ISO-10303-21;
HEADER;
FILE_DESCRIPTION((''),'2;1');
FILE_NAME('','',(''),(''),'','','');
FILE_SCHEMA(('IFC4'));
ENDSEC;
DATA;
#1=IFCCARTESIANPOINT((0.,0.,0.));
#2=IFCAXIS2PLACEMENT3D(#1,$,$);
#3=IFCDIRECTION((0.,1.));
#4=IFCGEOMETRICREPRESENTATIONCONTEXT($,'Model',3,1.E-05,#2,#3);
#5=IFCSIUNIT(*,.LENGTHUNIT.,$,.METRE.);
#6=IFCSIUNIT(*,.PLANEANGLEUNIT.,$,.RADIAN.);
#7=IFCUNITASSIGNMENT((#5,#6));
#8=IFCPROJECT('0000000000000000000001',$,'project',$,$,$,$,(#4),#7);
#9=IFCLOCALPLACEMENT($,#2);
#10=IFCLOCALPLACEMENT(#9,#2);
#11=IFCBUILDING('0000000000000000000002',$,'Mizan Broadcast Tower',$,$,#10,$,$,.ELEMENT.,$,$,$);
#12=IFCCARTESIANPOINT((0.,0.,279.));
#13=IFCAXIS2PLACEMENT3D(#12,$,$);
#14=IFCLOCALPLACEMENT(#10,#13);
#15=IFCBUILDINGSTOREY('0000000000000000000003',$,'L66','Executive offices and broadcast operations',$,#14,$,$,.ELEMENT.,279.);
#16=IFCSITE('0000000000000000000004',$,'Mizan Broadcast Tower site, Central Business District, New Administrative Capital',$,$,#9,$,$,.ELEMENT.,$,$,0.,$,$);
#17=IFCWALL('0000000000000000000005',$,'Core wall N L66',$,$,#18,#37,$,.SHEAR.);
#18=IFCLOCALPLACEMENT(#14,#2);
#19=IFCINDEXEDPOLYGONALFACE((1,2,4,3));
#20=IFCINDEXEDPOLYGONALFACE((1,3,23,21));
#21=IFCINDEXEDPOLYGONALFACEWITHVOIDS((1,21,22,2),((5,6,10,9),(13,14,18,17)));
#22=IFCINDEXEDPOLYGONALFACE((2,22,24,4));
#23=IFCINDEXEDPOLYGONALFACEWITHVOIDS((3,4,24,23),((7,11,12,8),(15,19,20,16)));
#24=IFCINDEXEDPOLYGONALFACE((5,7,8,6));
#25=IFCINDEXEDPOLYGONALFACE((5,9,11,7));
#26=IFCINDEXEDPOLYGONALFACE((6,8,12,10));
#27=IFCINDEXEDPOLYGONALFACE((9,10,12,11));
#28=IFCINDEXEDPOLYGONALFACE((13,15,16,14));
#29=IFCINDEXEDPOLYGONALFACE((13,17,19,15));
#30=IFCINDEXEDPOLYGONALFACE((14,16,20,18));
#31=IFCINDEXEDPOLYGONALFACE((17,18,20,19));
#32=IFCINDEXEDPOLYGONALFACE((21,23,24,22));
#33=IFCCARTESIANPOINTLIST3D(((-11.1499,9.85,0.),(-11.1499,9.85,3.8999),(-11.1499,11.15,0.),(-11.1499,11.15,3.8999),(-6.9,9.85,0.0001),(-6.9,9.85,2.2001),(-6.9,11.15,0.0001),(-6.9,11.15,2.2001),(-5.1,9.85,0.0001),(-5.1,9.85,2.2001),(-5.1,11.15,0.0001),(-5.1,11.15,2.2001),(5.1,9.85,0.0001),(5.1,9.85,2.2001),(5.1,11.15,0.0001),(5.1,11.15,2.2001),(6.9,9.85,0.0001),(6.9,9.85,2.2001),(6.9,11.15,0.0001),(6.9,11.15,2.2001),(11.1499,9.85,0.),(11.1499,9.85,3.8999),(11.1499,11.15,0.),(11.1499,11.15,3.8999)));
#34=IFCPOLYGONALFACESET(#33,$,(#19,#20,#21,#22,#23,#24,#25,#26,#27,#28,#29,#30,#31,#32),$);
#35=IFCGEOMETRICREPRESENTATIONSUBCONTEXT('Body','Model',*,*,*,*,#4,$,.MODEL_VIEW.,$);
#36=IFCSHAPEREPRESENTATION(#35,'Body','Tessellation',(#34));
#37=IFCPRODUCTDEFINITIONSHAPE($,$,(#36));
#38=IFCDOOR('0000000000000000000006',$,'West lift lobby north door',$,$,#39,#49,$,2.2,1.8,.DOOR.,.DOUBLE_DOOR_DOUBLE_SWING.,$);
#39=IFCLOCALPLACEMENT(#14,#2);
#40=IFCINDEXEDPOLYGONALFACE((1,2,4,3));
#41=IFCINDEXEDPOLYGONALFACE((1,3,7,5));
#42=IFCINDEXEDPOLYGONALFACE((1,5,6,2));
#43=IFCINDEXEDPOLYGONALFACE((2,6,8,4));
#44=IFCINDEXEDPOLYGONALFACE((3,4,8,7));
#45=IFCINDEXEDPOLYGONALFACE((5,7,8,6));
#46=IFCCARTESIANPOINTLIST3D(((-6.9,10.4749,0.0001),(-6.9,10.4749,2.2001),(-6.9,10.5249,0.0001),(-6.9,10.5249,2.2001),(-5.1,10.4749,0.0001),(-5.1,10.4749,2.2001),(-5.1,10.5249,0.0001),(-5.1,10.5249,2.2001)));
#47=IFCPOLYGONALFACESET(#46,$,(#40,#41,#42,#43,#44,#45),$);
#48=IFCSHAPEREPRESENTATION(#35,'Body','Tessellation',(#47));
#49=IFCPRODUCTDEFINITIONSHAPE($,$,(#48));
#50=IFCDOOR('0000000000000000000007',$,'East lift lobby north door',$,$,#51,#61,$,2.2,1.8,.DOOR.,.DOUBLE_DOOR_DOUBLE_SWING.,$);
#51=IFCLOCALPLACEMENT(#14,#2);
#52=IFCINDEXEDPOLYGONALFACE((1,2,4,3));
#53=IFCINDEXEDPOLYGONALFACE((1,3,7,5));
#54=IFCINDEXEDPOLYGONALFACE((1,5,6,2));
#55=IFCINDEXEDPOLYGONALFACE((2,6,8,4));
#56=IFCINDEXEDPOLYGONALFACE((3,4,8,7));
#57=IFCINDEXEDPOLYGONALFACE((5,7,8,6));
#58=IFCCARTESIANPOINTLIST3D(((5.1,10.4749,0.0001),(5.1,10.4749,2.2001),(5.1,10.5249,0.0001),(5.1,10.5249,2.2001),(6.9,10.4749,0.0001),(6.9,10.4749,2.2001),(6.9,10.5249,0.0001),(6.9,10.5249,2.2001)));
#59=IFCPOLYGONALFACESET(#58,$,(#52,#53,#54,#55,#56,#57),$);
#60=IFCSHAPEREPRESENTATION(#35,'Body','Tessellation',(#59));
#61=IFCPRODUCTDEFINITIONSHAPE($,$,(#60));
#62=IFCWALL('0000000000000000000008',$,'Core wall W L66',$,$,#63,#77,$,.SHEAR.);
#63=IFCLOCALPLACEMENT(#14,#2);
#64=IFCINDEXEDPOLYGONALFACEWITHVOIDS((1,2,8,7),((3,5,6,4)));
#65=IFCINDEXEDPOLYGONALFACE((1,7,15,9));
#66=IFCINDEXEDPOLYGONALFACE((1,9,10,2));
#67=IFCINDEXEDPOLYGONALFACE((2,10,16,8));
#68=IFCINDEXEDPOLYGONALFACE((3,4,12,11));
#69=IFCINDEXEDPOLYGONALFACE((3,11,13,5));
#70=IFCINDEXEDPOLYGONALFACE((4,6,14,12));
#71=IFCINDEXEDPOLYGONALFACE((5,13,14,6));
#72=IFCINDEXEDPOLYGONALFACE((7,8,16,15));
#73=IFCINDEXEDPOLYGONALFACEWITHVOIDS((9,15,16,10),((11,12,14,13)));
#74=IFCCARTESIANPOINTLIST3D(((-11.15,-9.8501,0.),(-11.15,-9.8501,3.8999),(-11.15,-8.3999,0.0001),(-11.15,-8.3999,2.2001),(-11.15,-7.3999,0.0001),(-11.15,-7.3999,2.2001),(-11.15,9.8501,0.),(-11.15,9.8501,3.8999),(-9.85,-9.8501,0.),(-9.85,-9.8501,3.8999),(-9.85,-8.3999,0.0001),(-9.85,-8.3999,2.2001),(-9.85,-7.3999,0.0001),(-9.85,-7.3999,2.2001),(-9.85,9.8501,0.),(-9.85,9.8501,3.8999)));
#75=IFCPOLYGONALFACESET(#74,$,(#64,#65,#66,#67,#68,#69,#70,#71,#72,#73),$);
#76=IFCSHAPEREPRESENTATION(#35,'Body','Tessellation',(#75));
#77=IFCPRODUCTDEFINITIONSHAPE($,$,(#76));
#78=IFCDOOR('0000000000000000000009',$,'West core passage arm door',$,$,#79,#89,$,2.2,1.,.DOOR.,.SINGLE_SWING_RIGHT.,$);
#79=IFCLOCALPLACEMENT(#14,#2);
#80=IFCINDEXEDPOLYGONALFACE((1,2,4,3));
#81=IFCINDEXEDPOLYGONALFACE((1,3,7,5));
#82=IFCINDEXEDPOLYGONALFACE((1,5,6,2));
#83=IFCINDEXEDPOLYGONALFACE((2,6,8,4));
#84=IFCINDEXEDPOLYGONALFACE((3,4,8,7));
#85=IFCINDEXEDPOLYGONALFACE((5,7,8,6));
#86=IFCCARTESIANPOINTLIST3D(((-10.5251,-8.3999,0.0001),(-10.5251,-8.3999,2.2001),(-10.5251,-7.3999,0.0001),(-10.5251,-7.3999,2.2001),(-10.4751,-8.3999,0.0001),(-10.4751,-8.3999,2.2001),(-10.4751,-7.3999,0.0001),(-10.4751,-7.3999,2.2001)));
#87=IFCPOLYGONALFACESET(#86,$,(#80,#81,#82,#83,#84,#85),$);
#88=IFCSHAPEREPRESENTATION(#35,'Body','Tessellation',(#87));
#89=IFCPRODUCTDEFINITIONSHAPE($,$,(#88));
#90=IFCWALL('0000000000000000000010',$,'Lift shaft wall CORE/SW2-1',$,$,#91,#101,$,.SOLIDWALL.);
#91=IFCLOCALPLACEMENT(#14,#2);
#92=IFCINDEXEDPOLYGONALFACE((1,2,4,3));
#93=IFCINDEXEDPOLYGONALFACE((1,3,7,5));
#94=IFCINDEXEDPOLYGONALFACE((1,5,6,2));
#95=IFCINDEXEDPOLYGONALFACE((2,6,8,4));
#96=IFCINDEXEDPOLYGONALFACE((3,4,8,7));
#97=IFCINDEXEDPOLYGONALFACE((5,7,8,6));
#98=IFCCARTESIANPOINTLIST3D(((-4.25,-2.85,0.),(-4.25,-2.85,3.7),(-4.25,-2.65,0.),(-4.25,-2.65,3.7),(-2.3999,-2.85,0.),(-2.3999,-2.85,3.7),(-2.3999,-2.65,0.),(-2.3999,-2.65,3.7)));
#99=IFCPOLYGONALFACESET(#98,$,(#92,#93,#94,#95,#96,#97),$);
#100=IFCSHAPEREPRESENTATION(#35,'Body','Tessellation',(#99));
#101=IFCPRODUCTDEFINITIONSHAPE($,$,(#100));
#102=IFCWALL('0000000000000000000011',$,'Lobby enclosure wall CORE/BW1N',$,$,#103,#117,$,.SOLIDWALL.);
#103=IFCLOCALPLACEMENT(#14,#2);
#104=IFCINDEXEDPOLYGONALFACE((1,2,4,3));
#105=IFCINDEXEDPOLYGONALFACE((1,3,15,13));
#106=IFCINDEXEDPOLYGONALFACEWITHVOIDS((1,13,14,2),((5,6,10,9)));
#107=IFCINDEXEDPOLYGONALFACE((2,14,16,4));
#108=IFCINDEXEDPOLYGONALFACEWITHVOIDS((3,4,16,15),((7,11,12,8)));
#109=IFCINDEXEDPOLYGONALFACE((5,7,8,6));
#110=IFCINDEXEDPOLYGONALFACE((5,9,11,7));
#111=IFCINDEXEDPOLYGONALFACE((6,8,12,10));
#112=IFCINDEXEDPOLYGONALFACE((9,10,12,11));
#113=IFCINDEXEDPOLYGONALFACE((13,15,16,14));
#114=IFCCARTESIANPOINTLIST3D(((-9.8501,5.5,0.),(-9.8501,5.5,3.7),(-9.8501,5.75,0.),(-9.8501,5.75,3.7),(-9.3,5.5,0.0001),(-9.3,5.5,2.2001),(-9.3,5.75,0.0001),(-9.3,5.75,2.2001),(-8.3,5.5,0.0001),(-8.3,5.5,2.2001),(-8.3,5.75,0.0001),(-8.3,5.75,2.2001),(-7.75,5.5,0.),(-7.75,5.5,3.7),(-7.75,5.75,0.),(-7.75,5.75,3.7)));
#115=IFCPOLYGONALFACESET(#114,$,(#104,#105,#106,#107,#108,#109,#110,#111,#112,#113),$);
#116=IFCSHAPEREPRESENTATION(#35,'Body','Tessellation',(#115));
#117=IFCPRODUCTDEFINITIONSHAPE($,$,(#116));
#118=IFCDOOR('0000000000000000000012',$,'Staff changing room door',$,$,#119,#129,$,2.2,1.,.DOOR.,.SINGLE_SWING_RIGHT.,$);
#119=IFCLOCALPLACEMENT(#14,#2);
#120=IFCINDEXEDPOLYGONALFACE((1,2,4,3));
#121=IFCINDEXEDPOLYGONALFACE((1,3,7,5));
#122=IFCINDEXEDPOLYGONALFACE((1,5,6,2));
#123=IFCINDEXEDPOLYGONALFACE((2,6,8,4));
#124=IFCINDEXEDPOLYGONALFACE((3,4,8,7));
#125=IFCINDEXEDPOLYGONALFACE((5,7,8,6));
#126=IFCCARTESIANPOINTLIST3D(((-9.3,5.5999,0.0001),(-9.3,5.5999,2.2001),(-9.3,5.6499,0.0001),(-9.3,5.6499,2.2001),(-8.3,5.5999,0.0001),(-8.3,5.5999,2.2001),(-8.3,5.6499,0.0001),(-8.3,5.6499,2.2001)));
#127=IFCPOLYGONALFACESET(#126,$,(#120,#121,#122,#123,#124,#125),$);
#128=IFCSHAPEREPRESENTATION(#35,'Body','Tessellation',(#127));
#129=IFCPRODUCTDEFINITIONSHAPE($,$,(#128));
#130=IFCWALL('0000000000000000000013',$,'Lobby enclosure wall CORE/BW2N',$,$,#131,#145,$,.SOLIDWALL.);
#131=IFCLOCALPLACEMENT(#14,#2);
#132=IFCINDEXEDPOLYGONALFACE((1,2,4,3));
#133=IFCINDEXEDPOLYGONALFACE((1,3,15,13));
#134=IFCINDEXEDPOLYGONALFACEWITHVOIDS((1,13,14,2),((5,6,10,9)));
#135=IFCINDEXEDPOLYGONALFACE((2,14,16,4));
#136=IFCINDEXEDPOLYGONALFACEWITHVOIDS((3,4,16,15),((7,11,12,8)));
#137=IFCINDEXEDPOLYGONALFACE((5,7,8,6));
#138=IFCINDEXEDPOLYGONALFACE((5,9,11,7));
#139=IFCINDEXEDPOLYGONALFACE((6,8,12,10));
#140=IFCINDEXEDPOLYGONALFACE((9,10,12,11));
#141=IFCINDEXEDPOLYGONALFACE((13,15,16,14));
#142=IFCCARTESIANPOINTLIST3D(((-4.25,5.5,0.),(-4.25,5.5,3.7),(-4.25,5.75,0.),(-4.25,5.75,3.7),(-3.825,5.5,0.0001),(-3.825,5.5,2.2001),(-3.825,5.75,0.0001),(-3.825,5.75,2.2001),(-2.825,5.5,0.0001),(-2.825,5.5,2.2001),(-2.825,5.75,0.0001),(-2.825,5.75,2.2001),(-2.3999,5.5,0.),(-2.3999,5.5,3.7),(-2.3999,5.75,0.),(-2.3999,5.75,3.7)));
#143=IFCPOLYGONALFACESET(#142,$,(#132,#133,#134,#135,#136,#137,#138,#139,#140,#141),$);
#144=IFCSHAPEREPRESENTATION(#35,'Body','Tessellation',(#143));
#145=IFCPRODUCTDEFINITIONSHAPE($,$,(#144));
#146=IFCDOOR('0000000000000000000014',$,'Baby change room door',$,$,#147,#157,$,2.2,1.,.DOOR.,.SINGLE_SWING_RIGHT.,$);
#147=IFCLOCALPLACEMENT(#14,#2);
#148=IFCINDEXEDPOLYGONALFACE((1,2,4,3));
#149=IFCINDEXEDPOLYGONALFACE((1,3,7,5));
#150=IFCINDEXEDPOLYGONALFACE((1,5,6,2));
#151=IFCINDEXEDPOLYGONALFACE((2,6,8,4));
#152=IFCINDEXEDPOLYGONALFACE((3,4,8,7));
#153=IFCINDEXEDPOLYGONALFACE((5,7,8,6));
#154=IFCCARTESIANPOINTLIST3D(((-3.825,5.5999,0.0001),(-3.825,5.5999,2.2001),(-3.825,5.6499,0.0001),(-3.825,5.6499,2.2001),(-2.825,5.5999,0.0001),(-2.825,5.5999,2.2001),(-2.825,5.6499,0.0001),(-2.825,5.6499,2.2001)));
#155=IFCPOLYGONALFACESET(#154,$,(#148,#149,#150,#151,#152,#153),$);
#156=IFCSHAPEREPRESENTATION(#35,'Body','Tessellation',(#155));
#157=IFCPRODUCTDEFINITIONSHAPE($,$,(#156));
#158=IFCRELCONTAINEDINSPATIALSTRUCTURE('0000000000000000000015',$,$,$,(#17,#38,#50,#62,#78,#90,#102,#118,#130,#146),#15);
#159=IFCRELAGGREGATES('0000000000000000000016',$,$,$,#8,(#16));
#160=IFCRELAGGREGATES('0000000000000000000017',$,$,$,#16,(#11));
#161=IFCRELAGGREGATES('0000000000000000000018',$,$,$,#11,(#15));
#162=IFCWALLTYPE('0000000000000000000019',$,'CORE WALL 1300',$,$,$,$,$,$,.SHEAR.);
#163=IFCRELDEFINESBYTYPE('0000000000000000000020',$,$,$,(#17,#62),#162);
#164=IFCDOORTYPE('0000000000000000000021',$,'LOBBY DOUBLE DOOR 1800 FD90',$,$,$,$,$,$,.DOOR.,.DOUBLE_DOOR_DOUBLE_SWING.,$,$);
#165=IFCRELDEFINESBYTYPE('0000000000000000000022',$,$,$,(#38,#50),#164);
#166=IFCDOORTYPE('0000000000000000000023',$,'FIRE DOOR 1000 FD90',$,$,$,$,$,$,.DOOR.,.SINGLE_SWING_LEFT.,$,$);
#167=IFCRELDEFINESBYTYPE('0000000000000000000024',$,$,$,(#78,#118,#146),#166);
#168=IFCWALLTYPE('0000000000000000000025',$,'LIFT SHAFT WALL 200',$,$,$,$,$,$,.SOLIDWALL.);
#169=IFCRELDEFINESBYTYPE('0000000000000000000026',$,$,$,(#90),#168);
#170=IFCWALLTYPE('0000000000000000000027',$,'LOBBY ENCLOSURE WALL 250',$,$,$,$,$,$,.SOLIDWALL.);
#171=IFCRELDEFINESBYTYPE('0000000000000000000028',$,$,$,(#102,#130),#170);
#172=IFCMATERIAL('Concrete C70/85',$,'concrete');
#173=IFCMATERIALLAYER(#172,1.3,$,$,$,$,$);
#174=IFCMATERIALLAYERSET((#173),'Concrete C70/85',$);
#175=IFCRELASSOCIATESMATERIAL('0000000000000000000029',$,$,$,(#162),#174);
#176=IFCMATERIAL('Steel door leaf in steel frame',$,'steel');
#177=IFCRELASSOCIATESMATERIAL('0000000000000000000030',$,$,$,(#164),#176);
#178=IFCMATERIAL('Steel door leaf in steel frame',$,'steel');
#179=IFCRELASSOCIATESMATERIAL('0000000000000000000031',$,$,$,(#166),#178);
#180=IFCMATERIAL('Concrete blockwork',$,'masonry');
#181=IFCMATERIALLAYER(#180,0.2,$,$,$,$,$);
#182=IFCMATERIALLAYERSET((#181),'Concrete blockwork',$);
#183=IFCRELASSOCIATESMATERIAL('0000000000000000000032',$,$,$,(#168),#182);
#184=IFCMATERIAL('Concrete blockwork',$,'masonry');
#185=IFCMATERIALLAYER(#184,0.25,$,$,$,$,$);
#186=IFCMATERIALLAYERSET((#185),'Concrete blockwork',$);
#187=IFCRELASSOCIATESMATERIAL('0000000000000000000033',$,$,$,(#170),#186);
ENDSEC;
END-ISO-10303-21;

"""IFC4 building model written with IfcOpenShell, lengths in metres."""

from ifc_helpers import new_model, si_unit, direction, frame, frame_2d, origin, place, context, subcontext, project, spatial, rectangle, extrude, material, layer, layer_set, type_object, element, fill, save


model = new_model("IFC4")

# Units and contexts
model_context = context("Model", 3, precision=1e-05, world=origin(), true_north=direction((0.0, 1.0)))
body_context = subcontext(model_context, "Body", "Model", "MODEL_VIEW")
ifc_project = project(units=[si_unit("LENGTHUNIT", "METRE"), si_unit("PLANEANGLEUNIT", "RADIAN")], contexts=[model_context])

# Site, building, storey
site_placement = place(None, origin())
site = spatial("IfcSite", under=ifc_project, at=site_placement, Name="Mizan Broadcast Tower site, Central Business District, New Administrative Capital", CompositionType="ELEMENT", RefElevation=0.0)
building_placement = place(site_placement, origin())
building = spatial("IfcBuilding", under=site, at=building_placement, Name="Mizan Broadcast Tower", CompositionType="ELEMENT")
storey_placement = place(building_placement, frame((0.0, 0.0, 279.0)))
storey = spatial("IfcBuildingStorey", under=building, at=storey_placement, Name="L66", Description="Executive offices and broadcast operations", CompositionType="ELEMENT", Elevation=279.0)

# Wall, openings, doors
ifc_material_1 = material(Name="Concrete C70/85", Category="concrete")
ifc_layer_1 = layer(ifc_material_1, 1.3)
ifc_layer_set_1 = layer_set([ifc_layer_1], Name="Concrete C70/85")
wall_type_1 = type_object("IfcWallType", Name="CORE WALL 1300", PredefinedType="SHEAR", material=ifc_layer_set_1)
wall_1_placement = place(storey_placement, frame((-11.1499, 10.5, 0.0), z_axis=(0.0, 0.0, 1.0), x_axis=(1.0, 0.0, 0.0)))
wall_1 = element("IfcWall", 1, at=wall_1_placement, inside=storey, type_object=wall_type_1, Name="Core wall N L66", PredefinedType="SHEAR", context=body_context, shape_type="SweptSolid", body=[
    extrude(rectangle(XDim=22.2998, YDim=1.3, at=frame_2d((11.1499, 0.0))), origin(), (0.0, 0.0, 1.0), 3.8999),
])
opening_1_placement = place(wall_1_placement, frame((4.25, 0.0, 0.0)))
opening_1 = element("IfcOpeningElement", 2, at=opening_1_placement, cuts=wall_1, PredefinedType="OPENING", context=body_context, shape_type="SweptSolid", body=[
    extrude(rectangle(XDim=1.8, YDim=2.2, at=frame_2d((0.8999, 1.1001))), frame((0.0, 0.6599, 0.0), z_axis=(0.0, -1.0, 0.0), x_axis=(1.0, 0.0, 0.0)), (0.0, 0.0, 1.0), 1.3201),
])
opening_2_placement = place(wall_1_placement, frame((16.25, 0.0, 0.0)))
opening_2 = element("IfcOpeningElement", 3, at=opening_2_placement, cuts=wall_1, PredefinedType="OPENING", context=body_context, shape_type="SweptSolid", body=[
    extrude(rectangle(XDim=1.8, YDim=2.2, at=frame_2d((0.8999, 1.1001))), frame((0.0, 0.6599, 0.0), z_axis=(0.0, -1.0, 0.0), x_axis=(1.0, 0.0, 0.0)), (0.0, 0.0, 1.0), 1.3201),
])
ifc_material_2 = material(Name="Steel door leaf in steel frame", Category="steel")
door_type_1 = type_object("IfcDoorType", Name="LOBBY DOUBLE DOOR 1800 FD90", OperationType="DOUBLE_DOOR_DOUBLE_SWING", PredefinedType="DOOR", material=ifc_material_2)
door_1_placement = place(opening_1_placement, origin())
door_1 = element("IfcDoor", 4, at=door_1_placement, inside=storey, type_object=door_type_1, Name="West lift lobby north door", OperationType="DOUBLE_DOOR_DOUBLE_SWING", OverallHeight=2.2, OverallWidth=1.8, PredefinedType="DOOR", context=body_context, shape_type="SweptSolid", body=[
    extrude(rectangle(XDim=1.8, YDim=2.2, at=frame_2d((0.8999, 1.1001))), frame((0.0, 0.0249, 0.0), z_axis=(0.0, -1.0, 0.0), x_axis=(1.0, 0.0, 0.0)), (0.0, 0.0, 1.0), 0.05),
])
fill(opening_1, door_1)
door_2_placement = place(opening_2_placement, origin())
door_2 = element("IfcDoor", 5, at=door_2_placement, inside=storey, type_object=door_type_1, Name="East lift lobby north door", OperationType="DOUBLE_DOOR_DOUBLE_SWING", OverallHeight=2.2, OverallWidth=1.8, PredefinedType="DOOR", context=body_context, shape_type="SweptSolid", body=[
    extrude(rectangle(XDim=1.8, YDim=2.2, at=frame_2d((0.8999, 1.1001))), frame((0.0, 0.0249, 0.0), z_axis=(0.0, -1.0, 0.0), x_axis=(1.0, 0.0, 0.0)), (0.0, 0.0, 1.0), 0.05),
])
fill(opening_2, door_2)

# Wall, opening, door
wall_2_placement = place(storey_placement, frame((-10.5, 9.8501, 0.0), z_axis=(0.0, 0.0, 1.0), x_axis=(0.0, -1.0, 0.0)))
wall_2 = element("IfcWall", 6, at=wall_2_placement, inside=storey, type_object=wall_type_1, Name="Core wall W L66", PredefinedType="SHEAR", context=body_context, shape_type="SweptSolid", body=[
    extrude(rectangle(XDim=19.7002, YDim=1.3, at=frame_2d((9.8501, 0.0))), origin(), (0.0, 0.0, 1.0), 3.8999),
])
opening_3_placement = place(wall_2_placement, frame((17.25, 0.0, 0.0)))
opening_3 = element("IfcOpeningElement", 7, at=opening_3_placement, cuts=wall_2, PredefinedType="OPENING", context=body_context, shape_type="SweptSolid", body=[
    extrude(rectangle(XDim=1.0, YDim=2.2, at=frame_2d((0.5, 1.1001))), frame((0.0, 0.6599, 0.0), z_axis=(0.0, -1.0, 0.0), x_axis=(1.0, 0.0, 0.0)), (0.0, 0.0, 1.0), 1.3201),
])
ifc_material_3 = material(Name="Steel door leaf in steel frame", Category="steel")
door_type_2 = type_object("IfcDoorType", Name="FIRE DOOR 1000 FD90", OperationType="SINGLE_SWING_LEFT", PredefinedType="DOOR", material=ifc_material_3)
door_3_placement = place(opening_3_placement, origin())
door_3 = element("IfcDoor", 8, at=door_3_placement, inside=storey, type_object=door_type_2, Name="West core passage arm door", OperationType="SINGLE_SWING_RIGHT", OverallHeight=2.2, OverallWidth=1.0, PredefinedType="DOOR", context=body_context, shape_type="SweptSolid", body=[
    extrude(rectangle(XDim=1.0, YDim=2.2, at=frame_2d((0.5, 1.1001))), frame((0.0, 0.0249, 0.0), z_axis=(0.0, -1.0, 0.0), x_axis=(1.0, 0.0, 0.0)), (0.0, 0.0, 1.0), 0.05),
])
fill(opening_3, door_3)

# Wall
ifc_material_4 = material(Name="Concrete blockwork", Category="masonry")
ifc_layer_2 = layer(ifc_material_4, 0.2)
ifc_layer_set_2 = layer_set([ifc_layer_2], Name="Concrete blockwork")
wall_type_2 = type_object("IfcWallType", Name="LIFT SHAFT WALL 200", PredefinedType="SOLIDWALL", material=ifc_layer_set_2)
wall_3_placement = place(storey_placement, frame((-4.25, -2.75, 0.0), z_axis=(0.0, 0.0, 1.0), x_axis=(1.0, 0.0, 0.0)))
element("IfcWall", 9, at=wall_3_placement, inside=storey, type_object=wall_type_2, Name="Lift shaft wall CORE/SW2-1", PredefinedType="SOLIDWALL", context=body_context, shape_type="SweptSolid", body=[
    extrude(rectangle(XDim=1.8501, YDim=0.2, at=frame_2d((0.925, 0.0))), origin(), (0.0, 0.0, 1.0), 3.7),
])

# Walls, openings, doors
ifc_material_5 = material(Name="Concrete blockwork", Category="masonry")
ifc_layer_3 = layer(ifc_material_5, 0.25)
ifc_layer_set_3 = layer_set([ifc_layer_3], Name="Concrete blockwork")
wall_type_3 = type_object("IfcWallType", Name="LOBBY ENCLOSURE WALL 250", PredefinedType="SOLIDWALL", material=ifc_layer_set_3)
wall_4_placement = place(storey_placement, frame((-9.8501, 5.625, 0.0), z_axis=(0.0, 0.0, 1.0), x_axis=(1.0, 0.0, 0.0)))
wall_4 = element("IfcWall", 10, at=wall_4_placement, inside=storey, type_object=wall_type_3, Name="Lobby enclosure wall CORE/BW1N", PredefinedType="SOLIDWALL", context=body_context, shape_type="SweptSolid", body=[
    extrude(rectangle(XDim=2.1001, YDim=0.25, at=frame_2d((1.05, 0.0))), origin(), (0.0, 0.0, 1.0), 3.7),
])
opening_4_placement = place(wall_4_placement, frame((0.55, 0.0, 0.0)))
opening_4 = element("IfcOpeningElement", 11, at=opening_4_placement, cuts=wall_4, PredefinedType="OPENING", context=body_context, shape_type="SweptSolid", body=[
    extrude(rectangle(XDim=1.0, YDim=2.2, at=frame_2d((0.5, 1.1001))), frame((0.0, 0.135, 0.0), z_axis=(0.0, -1.0, 0.0), x_axis=(1.0, 0.0, 0.0)), (0.0, 0.0, 1.0), 0.27),
])
door_4_placement = place(opening_4_placement, origin())
door_4 = element("IfcDoor", 12, at=door_4_placement, inside=storey, type_object=door_type_2, Name="Staff changing room door", OperationType="SINGLE_SWING_RIGHT", OverallHeight=2.2, OverallWidth=1.0, PredefinedType="DOOR", context=body_context, shape_type="SweptSolid", body=[
    extrude(rectangle(XDim=1.0, YDim=2.2, at=frame_2d((0.5, 1.1001))), frame((0.0, 0.0249, 0.0), z_axis=(0.0, -1.0, 0.0), x_axis=(1.0, 0.0, 0.0)), (0.0, 0.0, 1.0), 0.05),
])
fill(opening_4, door_4)
wall_5_placement = place(storey_placement, frame((-4.25, 5.625, 0.0), z_axis=(0.0, 0.0, 1.0), x_axis=(1.0, 0.0, 0.0)))
wall_5 = element("IfcWall", 13, at=wall_5_placement, inside=storey, type_object=wall_type_3, Name="Lobby enclosure wall CORE/BW2N", PredefinedType="SOLIDWALL", context=body_context, shape_type="SweptSolid", body=[
    extrude(rectangle(XDim=1.8501, YDim=0.25, at=frame_2d((0.925, 0.0))), origin(), (0.0, 0.0, 1.0), 3.7),
])
opening_5_placement = place(wall_5_placement, frame((0.425, 0.0, 0.0)))
opening_5 = element("IfcOpeningElement", 14, at=opening_5_placement, cuts=wall_5, PredefinedType="OPENING", context=body_context, shape_type="SweptSolid", body=[
    extrude(rectangle(XDim=1.0, YDim=2.2, at=frame_2d((0.5, 1.1001))), frame((0.0, 0.135, 0.0), z_axis=(0.0, -1.0, 0.0), x_axis=(1.0, 0.0, 0.0)), (0.0, 0.0, 1.0), 0.27),
])
door_5_placement = place(opening_5_placement, origin())
door_5 = element("IfcDoor", 15, at=door_5_placement, inside=storey, type_object=door_type_2, Name="Baby change room door", OperationType="SINGLE_SWING_RIGHT", OverallHeight=2.2, OverallWidth=1.0, PredefinedType="DOOR", context=body_context, shape_type="SweptSolid", body=[
    extrude(rectangle(XDim=1.0, YDim=2.2, at=frame_2d((0.5, 1.1001))), frame((0.0, 0.0249, 0.0), z_axis=(0.0, -1.0, 0.0), x_axis=(1.0, 0.0, 0.0)), (0.0, 0.0, 1.0), 0.05),
])
fill(opening_5, door_5)

save(model, "model.ifc")
